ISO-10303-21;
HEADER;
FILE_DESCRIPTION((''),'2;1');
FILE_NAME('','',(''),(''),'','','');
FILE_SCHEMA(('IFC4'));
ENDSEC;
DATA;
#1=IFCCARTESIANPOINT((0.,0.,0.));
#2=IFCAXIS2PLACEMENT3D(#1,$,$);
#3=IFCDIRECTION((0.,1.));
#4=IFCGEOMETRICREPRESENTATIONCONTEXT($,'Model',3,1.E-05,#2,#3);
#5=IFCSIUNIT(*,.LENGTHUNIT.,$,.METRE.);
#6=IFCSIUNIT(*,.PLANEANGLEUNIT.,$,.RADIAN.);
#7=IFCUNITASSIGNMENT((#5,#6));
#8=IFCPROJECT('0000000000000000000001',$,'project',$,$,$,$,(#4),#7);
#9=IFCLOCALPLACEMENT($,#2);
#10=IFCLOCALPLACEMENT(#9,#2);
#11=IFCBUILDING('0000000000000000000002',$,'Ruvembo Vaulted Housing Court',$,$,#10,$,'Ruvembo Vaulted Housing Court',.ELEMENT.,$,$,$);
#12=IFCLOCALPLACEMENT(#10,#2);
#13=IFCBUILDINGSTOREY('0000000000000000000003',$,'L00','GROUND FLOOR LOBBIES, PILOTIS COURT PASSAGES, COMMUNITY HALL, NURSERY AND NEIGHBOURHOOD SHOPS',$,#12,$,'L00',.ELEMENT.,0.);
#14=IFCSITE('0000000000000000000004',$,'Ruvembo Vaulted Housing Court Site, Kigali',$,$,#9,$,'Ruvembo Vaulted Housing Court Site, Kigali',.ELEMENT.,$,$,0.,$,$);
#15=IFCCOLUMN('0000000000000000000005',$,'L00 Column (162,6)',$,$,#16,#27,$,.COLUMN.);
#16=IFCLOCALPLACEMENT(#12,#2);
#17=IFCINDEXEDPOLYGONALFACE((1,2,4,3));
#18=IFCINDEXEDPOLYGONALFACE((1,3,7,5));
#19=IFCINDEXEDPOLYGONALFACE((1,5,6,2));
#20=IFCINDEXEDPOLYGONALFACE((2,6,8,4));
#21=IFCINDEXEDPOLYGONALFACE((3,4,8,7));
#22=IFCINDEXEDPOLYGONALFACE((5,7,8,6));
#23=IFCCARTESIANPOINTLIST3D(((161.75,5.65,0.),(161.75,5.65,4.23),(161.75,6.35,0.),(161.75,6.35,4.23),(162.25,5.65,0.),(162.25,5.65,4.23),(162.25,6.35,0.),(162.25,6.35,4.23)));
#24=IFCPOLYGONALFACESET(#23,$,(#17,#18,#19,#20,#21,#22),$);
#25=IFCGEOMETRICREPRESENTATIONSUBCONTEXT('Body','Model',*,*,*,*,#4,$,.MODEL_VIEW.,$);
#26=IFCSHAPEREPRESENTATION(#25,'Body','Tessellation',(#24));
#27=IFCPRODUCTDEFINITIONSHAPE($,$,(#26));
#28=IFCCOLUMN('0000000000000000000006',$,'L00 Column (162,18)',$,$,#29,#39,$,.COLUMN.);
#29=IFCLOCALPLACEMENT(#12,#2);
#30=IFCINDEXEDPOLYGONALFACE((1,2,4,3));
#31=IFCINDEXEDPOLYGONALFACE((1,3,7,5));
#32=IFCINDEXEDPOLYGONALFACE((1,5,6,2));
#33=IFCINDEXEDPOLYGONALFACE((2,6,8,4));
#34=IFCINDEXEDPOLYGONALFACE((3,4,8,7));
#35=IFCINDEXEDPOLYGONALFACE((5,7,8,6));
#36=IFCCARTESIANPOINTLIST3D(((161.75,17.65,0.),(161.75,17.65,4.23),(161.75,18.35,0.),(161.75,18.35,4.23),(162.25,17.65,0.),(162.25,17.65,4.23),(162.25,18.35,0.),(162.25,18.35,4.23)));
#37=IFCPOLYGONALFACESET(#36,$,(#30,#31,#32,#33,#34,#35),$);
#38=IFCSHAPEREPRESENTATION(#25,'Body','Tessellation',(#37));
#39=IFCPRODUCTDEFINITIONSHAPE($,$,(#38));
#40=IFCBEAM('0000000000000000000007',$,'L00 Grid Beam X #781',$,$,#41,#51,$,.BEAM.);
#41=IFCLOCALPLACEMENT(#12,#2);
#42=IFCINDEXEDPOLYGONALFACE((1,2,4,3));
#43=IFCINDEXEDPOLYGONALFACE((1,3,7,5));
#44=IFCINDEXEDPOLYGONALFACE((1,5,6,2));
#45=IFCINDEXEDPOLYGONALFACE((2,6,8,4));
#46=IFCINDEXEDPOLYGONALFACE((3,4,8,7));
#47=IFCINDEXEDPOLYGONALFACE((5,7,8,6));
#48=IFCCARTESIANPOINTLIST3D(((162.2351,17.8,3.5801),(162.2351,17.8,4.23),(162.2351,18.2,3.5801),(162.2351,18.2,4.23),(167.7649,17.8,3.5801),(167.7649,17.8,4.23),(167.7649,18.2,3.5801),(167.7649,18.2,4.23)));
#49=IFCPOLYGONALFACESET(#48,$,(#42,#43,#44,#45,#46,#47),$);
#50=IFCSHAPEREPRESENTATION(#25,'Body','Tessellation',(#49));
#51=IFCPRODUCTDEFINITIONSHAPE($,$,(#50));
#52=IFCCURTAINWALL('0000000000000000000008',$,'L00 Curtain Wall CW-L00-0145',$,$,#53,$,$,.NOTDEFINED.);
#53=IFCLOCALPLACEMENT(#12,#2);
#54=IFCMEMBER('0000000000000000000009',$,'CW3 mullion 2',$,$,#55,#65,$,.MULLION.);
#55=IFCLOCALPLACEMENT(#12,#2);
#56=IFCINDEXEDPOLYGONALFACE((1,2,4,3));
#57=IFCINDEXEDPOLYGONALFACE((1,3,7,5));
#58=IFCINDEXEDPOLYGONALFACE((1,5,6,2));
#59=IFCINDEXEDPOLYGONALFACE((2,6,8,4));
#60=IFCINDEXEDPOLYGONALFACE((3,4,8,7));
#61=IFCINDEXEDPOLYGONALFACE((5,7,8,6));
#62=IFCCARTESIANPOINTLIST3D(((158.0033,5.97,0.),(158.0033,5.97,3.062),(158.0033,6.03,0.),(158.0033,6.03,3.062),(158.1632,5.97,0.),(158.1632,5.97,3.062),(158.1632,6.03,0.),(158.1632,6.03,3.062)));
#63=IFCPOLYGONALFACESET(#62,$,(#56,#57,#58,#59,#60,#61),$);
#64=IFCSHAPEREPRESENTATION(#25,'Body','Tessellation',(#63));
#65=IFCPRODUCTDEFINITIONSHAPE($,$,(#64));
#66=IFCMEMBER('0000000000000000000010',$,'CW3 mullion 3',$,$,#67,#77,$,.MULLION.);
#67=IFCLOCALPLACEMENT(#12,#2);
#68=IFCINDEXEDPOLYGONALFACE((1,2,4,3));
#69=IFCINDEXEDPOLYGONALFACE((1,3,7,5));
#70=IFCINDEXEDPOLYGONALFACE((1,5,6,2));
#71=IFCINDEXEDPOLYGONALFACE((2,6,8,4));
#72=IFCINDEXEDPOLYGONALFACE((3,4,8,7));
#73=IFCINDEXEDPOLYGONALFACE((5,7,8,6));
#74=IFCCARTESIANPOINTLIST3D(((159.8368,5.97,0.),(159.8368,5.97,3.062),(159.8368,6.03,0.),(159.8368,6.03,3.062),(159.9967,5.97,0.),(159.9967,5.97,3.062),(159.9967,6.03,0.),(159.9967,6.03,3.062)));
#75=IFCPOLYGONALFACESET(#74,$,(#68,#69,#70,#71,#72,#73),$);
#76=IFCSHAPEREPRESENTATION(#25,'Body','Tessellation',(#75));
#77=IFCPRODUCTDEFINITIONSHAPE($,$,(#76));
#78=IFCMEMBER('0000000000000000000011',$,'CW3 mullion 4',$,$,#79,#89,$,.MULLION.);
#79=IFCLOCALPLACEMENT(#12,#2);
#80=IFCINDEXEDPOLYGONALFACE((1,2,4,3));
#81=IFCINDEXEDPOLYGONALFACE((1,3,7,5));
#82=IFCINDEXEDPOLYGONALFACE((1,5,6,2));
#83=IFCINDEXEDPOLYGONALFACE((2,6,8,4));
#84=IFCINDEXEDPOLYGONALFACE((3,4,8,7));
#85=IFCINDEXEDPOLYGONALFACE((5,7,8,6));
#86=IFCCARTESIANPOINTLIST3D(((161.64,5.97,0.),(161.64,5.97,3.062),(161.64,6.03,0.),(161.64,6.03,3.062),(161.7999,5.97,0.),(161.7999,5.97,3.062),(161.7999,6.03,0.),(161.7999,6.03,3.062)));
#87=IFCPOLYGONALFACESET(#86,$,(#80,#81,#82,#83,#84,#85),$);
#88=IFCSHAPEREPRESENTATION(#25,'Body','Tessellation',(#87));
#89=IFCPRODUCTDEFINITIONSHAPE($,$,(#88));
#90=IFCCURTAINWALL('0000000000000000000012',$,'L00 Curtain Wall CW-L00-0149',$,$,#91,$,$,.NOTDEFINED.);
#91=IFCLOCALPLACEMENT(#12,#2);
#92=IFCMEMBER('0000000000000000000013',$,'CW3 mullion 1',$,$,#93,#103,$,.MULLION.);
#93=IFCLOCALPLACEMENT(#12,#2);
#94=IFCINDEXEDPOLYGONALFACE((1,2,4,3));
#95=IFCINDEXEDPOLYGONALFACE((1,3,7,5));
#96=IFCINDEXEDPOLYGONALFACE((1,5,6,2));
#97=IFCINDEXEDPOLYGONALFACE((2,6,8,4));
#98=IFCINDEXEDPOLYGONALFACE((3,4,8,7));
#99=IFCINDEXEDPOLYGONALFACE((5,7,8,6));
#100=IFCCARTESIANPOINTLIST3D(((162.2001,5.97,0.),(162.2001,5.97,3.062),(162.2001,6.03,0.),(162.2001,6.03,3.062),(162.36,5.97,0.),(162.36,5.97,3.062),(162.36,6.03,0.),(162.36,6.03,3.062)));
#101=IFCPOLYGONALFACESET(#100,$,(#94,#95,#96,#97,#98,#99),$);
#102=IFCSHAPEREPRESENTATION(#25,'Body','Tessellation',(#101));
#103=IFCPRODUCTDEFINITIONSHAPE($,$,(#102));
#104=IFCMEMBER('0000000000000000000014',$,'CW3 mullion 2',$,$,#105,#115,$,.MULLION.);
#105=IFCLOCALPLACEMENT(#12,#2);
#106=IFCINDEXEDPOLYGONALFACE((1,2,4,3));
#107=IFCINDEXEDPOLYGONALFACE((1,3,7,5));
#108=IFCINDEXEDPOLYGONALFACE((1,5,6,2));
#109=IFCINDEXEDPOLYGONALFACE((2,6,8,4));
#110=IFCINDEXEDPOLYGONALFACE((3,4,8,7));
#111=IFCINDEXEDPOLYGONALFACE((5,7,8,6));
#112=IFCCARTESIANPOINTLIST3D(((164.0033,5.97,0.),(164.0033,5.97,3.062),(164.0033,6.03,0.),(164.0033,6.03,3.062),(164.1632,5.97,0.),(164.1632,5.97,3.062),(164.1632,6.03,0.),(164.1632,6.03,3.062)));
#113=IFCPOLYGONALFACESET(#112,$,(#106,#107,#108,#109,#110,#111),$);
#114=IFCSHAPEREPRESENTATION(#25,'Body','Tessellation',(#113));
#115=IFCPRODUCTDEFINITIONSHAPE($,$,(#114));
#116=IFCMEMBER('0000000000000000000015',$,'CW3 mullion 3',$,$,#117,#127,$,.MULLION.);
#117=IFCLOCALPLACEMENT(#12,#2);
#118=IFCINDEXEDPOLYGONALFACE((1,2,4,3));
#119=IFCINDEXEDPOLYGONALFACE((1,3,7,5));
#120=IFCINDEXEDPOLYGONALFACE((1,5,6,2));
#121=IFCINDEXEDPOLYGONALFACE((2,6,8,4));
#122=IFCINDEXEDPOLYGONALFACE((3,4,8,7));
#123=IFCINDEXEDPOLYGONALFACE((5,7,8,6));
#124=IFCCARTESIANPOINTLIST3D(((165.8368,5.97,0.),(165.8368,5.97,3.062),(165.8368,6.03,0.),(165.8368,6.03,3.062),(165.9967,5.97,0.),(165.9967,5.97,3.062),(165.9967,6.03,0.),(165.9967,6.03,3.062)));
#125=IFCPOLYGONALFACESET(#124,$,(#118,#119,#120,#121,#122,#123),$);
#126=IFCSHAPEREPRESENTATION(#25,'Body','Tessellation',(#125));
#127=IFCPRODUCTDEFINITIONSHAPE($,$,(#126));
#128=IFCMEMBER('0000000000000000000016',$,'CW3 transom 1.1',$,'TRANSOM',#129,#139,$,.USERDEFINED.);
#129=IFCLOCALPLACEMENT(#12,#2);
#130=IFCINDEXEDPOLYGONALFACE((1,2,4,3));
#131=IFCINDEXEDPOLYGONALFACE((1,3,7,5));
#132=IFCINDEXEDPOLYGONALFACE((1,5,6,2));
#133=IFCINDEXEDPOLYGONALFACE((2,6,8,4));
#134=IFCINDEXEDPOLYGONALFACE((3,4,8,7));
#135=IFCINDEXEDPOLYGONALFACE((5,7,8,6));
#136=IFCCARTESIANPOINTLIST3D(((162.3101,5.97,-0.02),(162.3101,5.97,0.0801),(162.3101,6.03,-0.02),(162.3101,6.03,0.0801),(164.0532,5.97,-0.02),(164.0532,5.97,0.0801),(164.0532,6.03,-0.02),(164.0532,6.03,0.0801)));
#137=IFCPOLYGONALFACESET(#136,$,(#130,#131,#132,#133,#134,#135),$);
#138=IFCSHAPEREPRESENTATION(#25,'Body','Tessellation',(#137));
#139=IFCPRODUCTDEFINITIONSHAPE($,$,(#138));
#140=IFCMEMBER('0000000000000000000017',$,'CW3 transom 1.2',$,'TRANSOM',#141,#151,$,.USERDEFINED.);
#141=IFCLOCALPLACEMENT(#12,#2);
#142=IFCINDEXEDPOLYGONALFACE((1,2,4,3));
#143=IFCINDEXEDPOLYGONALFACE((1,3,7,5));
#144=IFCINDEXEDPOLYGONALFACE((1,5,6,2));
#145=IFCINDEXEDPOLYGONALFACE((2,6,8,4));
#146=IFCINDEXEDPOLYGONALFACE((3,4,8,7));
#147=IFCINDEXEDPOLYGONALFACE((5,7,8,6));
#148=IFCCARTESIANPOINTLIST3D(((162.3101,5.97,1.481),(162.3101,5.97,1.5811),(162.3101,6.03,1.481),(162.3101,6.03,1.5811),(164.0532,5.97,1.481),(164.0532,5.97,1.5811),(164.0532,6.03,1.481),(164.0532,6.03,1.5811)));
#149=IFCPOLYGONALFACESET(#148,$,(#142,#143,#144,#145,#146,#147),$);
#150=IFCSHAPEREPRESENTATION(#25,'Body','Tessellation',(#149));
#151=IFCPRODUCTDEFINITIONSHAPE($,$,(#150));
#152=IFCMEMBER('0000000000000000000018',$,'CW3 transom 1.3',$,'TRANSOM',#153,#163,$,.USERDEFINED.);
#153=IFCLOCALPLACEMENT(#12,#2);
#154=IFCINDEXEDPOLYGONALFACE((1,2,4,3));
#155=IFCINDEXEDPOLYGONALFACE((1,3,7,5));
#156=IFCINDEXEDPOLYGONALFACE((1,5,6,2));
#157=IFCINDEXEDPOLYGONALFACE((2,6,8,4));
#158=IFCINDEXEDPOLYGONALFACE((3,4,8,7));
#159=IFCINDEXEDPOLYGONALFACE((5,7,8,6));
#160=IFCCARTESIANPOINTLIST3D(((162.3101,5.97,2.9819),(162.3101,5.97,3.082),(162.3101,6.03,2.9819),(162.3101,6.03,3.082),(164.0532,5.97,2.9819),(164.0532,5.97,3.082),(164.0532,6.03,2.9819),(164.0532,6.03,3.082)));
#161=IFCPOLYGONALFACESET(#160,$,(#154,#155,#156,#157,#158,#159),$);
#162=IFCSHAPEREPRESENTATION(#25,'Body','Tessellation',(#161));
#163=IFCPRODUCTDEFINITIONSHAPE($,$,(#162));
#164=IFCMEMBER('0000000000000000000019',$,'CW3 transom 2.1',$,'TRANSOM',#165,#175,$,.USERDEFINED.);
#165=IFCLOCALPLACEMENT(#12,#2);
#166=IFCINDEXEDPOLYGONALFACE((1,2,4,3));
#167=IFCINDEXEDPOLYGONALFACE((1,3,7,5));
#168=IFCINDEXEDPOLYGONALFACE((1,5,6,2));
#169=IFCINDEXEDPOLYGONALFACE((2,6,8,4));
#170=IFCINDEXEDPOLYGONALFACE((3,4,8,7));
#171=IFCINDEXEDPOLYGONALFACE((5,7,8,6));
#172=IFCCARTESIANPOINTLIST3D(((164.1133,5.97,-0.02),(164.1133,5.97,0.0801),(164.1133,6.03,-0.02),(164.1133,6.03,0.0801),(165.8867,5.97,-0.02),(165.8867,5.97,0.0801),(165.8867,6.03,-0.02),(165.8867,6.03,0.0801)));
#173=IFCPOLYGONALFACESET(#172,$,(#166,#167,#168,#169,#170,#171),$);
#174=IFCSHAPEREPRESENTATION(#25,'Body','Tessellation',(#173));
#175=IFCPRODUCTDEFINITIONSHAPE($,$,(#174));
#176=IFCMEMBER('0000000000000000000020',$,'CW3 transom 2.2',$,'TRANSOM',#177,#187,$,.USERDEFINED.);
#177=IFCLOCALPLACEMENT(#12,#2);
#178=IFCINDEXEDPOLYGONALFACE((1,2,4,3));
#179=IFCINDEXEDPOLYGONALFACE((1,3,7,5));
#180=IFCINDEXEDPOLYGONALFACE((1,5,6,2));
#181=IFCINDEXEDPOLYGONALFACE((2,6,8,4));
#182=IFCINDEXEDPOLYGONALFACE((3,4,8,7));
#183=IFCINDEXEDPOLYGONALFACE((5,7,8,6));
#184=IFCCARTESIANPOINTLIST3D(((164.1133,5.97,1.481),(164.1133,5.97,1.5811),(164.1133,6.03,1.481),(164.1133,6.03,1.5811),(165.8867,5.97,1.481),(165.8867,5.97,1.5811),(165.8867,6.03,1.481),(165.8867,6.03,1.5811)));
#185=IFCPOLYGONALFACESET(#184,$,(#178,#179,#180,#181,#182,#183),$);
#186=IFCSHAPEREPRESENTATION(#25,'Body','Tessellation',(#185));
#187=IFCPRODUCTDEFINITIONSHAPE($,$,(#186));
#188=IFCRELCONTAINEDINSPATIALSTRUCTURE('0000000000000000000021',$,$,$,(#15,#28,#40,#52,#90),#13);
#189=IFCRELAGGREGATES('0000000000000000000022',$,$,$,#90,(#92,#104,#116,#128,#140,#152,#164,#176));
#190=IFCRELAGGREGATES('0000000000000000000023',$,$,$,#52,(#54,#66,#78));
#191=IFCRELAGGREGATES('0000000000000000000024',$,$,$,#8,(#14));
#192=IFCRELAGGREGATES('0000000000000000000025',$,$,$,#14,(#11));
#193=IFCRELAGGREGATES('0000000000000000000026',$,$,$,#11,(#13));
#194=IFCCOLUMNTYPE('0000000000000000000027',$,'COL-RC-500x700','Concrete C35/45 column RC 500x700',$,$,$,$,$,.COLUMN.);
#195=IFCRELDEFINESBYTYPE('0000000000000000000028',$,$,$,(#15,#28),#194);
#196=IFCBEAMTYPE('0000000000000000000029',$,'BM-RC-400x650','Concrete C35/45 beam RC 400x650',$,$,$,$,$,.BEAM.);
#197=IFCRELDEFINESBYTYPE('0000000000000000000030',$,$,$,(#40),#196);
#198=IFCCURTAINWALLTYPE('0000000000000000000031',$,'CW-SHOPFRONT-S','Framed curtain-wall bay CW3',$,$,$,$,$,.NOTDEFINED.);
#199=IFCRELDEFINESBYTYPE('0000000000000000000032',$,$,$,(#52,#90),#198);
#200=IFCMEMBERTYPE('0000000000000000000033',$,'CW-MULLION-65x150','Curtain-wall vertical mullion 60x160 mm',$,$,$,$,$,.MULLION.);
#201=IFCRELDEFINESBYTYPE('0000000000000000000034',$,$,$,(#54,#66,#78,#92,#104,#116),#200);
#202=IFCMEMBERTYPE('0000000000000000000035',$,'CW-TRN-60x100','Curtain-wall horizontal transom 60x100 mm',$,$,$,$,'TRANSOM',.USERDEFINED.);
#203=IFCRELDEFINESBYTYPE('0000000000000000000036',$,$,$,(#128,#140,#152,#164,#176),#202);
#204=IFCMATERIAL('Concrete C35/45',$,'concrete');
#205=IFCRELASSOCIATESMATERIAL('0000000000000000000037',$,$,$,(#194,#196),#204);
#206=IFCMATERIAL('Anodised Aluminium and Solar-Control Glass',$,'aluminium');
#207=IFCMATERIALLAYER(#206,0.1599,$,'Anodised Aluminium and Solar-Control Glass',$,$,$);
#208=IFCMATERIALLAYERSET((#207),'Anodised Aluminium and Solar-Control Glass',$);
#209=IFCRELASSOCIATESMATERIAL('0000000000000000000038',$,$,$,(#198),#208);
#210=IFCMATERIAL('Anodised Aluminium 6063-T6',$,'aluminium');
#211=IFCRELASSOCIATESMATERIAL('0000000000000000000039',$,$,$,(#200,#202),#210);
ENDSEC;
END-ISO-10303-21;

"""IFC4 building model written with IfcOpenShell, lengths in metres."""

from ifc_helpers import new_model, si_unit, direction, frame, origin, origin_2d, place, context, subcontext, project, spatial, rectangle, extrude, material, layer, layer_set, material_profile, profile_set, type_object, element, aggregate, save


model = new_model("IFC4")

# Units and contexts
model_context = context("Model", 3, precision=1e-05, world=origin(), true_north=direction((0.0, 1.0)))
body_context = subcontext(model_context, "Body", "Model", "MODEL_VIEW")
ifc_project = project(units=[si_unit("LENGTHUNIT", "METRE"), si_unit("PLANEANGLEUNIT", "RADIAN")], contexts=[model_context])

# Site, building, storey
site_placement = place(None, origin())
site = spatial("IfcSite", under=ifc_project, at=site_placement, Name="Ruvembo Vaulted Housing Court Site, Kigali", LongName="Ruvembo Vaulted Housing Court Site, Kigali", CompositionType="ELEMENT", RefElevation=0.0)
building_placement = place(site_placement, origin())
building = spatial("IfcBuilding", under=site, at=building_placement, Name="Ruvembo Vaulted Housing Court", LongName="Ruvembo Vaulted Housing Court", CompositionType="ELEMENT")
storey_placement = place(building_placement, origin())
storey = spatial("IfcBuildingStorey", under=building, at=storey_placement, Name="L00", Description="GROUND FLOOR LOBBIES, PILOTIS COURT PASSAGES, COMMUNITY HALL, NURSERY AND NEIGHBOURHOOD SHOPS", LongName="L00", CompositionType="ELEMENT", Elevation=0.0)

# Columns
ifc_material_1 = material(Name="Concrete C35/45", Category="concrete")
ifc_material_profile_1 = material_profile(ifc_material_1, rectangle(XDim=0.5, YDim=0.7, at=origin_2d()), Name="RC 500x700")
ifc_profile_set_1 = profile_set([ifc_material_profile_1], Name="Concrete C35/45")
column_type = type_object("IfcColumnType", Name="COL-RC-500x700", Description="Concrete C35/45 column RC 500x700", PredefinedType="COLUMN", material=ifc_profile_set_1)
for number, where, z_axis, x_axis, name in (
    (1, (162.0, 6.0, 0.0), (0.0, 0.0, 1.0), (1.0, 0.0, 0.0), "L00 Column (162,6)"),
    (2, (162.0, 18.0, 0.0), (0.0, 0.0, 1.0), (1.0, 0.0, 0.0), "L00 Column (162,18)"),
):
    element("IfcColumn", number, at=place(storey_placement, frame(where, z_axis=z_axis, x_axis=x_axis)), inside=storey, type_object=column_type, Name=name, PredefinedType="COLUMN", context=body_context, shape_type="SweptSolid", body=[
        extrude(rectangle(XDim=0.5, YDim=0.7, at=origin_2d()), origin(), (0.0, 0.0, 1.0), 4.23),
    ])

# Beam
ifc_material_profile_2 = material_profile(ifc_material_1, rectangle(XDim=0.3999, YDim=0.6499, at=origin_2d()), Name="RC 400x650")
ifc_profile_set_2 = profile_set([ifc_material_profile_2], Name="Concrete C35/45")
beam_type_1 = type_object("IfcBeamType", Name="BM-RC-400x650", Description="Concrete C35/45 beam RC 400x650", PredefinedType="BEAM", material=ifc_profile_set_2)
beam_1_placement = place(storey_placement, frame((162.2351, 18.0, 3.905), z_axis=(1.0, 0.0, 0.0), x_axis=(0.0, 1.0, 0.0)))
element("IfcBeam", 3, at=beam_1_placement, inside=storey, type_object=beam_type_1, Name="L00 Grid Beam X #781", PredefinedType="BEAM", context=body_context, shape_type="SweptSolid", body=[
    extrude(rectangle(XDim=0.3999, YDim=0.6499, at=origin_2d()), origin(), (0.0, 0.0, 1.0), 5.5298),
])

# Curtain walls, members
ifc_material_2 = material(Name="Anodised Aluminium and Solar-Control Glass", Category="aluminium")
ifc_layer_1 = layer(ifc_material_2, 0.1599, Name="Anodised Aluminium and Solar-Control Glass")
ifc_layer_set_1 = layer_set([ifc_layer_1], Name="Anodised Aluminium and Solar-Control Glass")
curtain_wall_type = type_object("IfcCurtainWallType", Name="CW-SHOPFRONT-S", Description="Framed curtain-wall bay CW3", PredefinedType="NOTDEFINED", material=ifc_layer_set_1)
curtain_wall_1_placement = place(storey_placement, origin())
curtain_wall_1 = element("IfcCurtainWall", 4, at=curtain_wall_1_placement, inside=storey, type_object=curtain_wall_type, Name="L00 Curtain Wall CW-L00-0145", PredefinedType="NOTDEFINED")
ifc_material_3 = material(Name="Anodised Aluminium 6063-T6", Category="aluminium")
ifc_material_profile_3 = material_profile(ifc_material_3, rectangle(XDim=0.0601, YDim=0.1599, at=origin_2d()), Name="ALU 60x160")
ifc_profile_set_3 = profile_set([ifc_material_profile_3], Name="Anodised Aluminium 6063-T6")
member_type_1 = type_object("IfcMemberType", Name="CW-MULLION-65x150", Description="Curtain-wall vertical mullion 60x160 mm", PredefinedType="MULLION", material=ifc_profile_set_3)
member_1_placement = place(storey_placement, frame((158.0833, 6.0, 0.0), z_axis=(0.0, 0.0, 1.0), x_axis=(0.0, 1.0, 0.0)))
member_1 = element("IfcMember", 5, at=member_1_placement, type_object=member_type_1, Name="CW3 mullion 2", PredefinedType="MULLION", context=body_context, shape_type="SweptSolid", body=[
    extrude(rectangle(XDim=0.0601, YDim=0.1599, at=origin_2d()), origin(), (0.0, 0.0, 1.0), 3.062),
])
member_2_placement = place(storey_placement, frame((159.9167, 6.0, 0.0), z_axis=(0.0, 0.0, 1.0), x_axis=(0.0, 1.0, 0.0)))
member_2 = element("IfcMember", 6, at=member_2_placement, type_object=member_type_1, Name="CW3 mullion 3", PredefinedType="MULLION", context=body_context, shape_type="SweptSolid", body=[
    extrude(rectangle(XDim=0.0601, YDim=0.1599, at=origin_2d()), origin(), (0.0, 0.0, 1.0), 3.062),
])
member_3_placement = place(storey_placement, frame((161.72, 6.0, 0.0), z_axis=(0.0, 0.0, 1.0), x_axis=(0.0, 1.0, 0.0)))
member_3 = element("IfcMember", 7, at=member_3_placement, type_object=member_type_1, Name="CW3 mullion 4", PredefinedType="MULLION", context=body_context, shape_type="SweptSolid", body=[
    extrude(rectangle(XDim=0.0601, YDim=0.1599, at=origin_2d()), origin(), (0.0, 0.0, 1.0), 3.062),
])
curtain_wall_2_placement = place(storey_placement, origin())
curtain_wall_2 = element("IfcCurtainWall", 8, at=curtain_wall_2_placement, inside=storey, type_object=curtain_wall_type, Name="L00 Curtain Wall CW-L00-0149", PredefinedType="NOTDEFINED")
member_4_placement = place(storey_placement, frame((162.28, 6.0, 0.0), z_axis=(0.0, 0.0, 1.0), x_axis=(0.0, 1.0, 0.0)))
member_4 = element("IfcMember", 9, at=member_4_placement, type_object=member_type_1, Name="CW3 mullion 1", PredefinedType="MULLION", context=body_context, shape_type="SweptSolid", body=[
    extrude(rectangle(XDim=0.0601, YDim=0.1599, at=origin_2d()), origin(), (0.0, 0.0, 1.0), 3.062),
])
member_5_placement = place(storey_placement, frame((164.0833, 6.0, 0.0), z_axis=(0.0, 0.0, 1.0), x_axis=(0.0, 1.0, 0.0)))
member_5 = element("IfcMember", 10, at=member_5_placement, type_object=member_type_1, Name="CW3 mullion 2", PredefinedType="MULLION", context=body_context, shape_type="SweptSolid", body=[
    extrude(rectangle(XDim=0.0601, YDim=0.1599, at=origin_2d()), origin(), (0.0, 0.0, 1.0), 3.062),
])
member_6_placement = place(storey_placement, frame((165.9167, 6.0, 0.0), z_axis=(0.0, 0.0, 1.0), x_axis=(0.0, 1.0, 0.0)))
member_6 = element("IfcMember", 11, at=member_6_placement, type_object=member_type_1, Name="CW3 mullion 3", PredefinedType="MULLION", context=body_context, shape_type="SweptSolid", body=[
    extrude(rectangle(XDim=0.0601, YDim=0.1599, at=origin_2d()), origin(), (0.0, 0.0, 1.0), 3.062),
])
ifc_material_profile_4 = material_profile(ifc_material_3, rectangle(XDim=0.0601, YDim=0.1001, at=origin_2d()), Name="ALU 60x100")
ifc_profile_set_4 = profile_set([ifc_material_profile_4], Name="Anodised Aluminium 6063-T6")
member_type_2 = type_object("IfcMemberType", Name="CW-TRN-60x100", Description="Curtain-wall horizontal transom 60x100 mm", ElementType="TRANSOM", PredefinedType="USERDEFINED", material=ifc_profile_set_4)
member_7_placement = place(storey_placement, frame((162.3101, 6.0, 0.03), z_axis=(1.0, 0.0, 0.0), x_axis=(0.0, 1.0, 0.0)))
member_7 = element("IfcMember", 12, at=member_7_placement, type_object=member_type_2, Name="CW3 transom 1.1", ObjectType="TRANSOM", PredefinedType="USERDEFINED", context=body_context, shape_type="SweptSolid", body=[
    extrude(rectangle(XDim=0.0601, YDim=0.1001, at=origin_2d()), origin(), (0.0, 0.0, 1.0), 1.7432),
])
member_8_placement = place(storey_placement, frame((162.3101, 6.0, 1.531), z_axis=(1.0, 0.0, 0.0), x_axis=(0.0, 1.0, 0.0)))
member_8 = element("IfcMember", 13, at=member_8_placement, type_object=member_type_2, Name="CW3 transom 1.2", ObjectType="TRANSOM", PredefinedType="USERDEFINED", context=body_context, shape_type="SweptSolid", body=[
    extrude(rectangle(XDim=0.0601, YDim=0.1001, at=origin_2d()), origin(), (0.0, 0.0, 1.0), 1.7432),
])
member_9_placement = place(storey_placement, frame((162.3101, 6.0, 3.032), z_axis=(1.0, 0.0, 0.0), x_axis=(0.0, 1.0, 0.0)))
member_9 = element("IfcMember", 14, at=member_9_placement, type_object=member_type_2, Name="CW3 transom 1.3", ObjectType="TRANSOM", PredefinedType="USERDEFINED", context=body_context, shape_type="SweptSolid", body=[
    extrude(rectangle(XDim=0.0601, YDim=0.1001, at=origin_2d()), origin(), (0.0, 0.0, 1.0), 1.7432),
])
member_10_placement = place(storey_placement, frame((164.1133, 6.0, 0.03), z_axis=(1.0, 0.0, 0.0), x_axis=(0.0, 1.0, 0.0)))
member_10 = element("IfcMember", 15, at=member_10_placement, type_object=member_type_2, Name="CW3 transom 2.1", ObjectType="TRANSOM", PredefinedType="USERDEFINED", context=body_context, shape_type="SweptSolid", body=[
    extrude(rectangle(XDim=0.0601, YDim=0.1001, at=origin_2d()), origin(), (0.0, 0.0, 1.0), 1.7734),
])
member_11_placement = place(storey_placement, frame((164.1133, 6.0, 1.531), z_axis=(1.0, 0.0, 0.0), x_axis=(0.0, 1.0, 0.0)))
member_11 = element("IfcMember", 16, at=member_11_placement, type_object=member_type_2, Name="CW3 transom 2.2", ObjectType="TRANSOM", PredefinedType="USERDEFINED", context=body_context, shape_type="SweptSolid", body=[
    extrude(rectangle(XDim=0.0601, YDim=0.1001, at=origin_2d()), origin(), (0.0, 0.0, 1.0), 1.7734),
])

aggregate(curtain_wall_2, [member_4, member_5, member_6, member_7, member_8, member_9, member_10, member_11])
aggregate(curtain_wall_1, [member_1, member_2, member_3])

save(model, "model.ifc")
